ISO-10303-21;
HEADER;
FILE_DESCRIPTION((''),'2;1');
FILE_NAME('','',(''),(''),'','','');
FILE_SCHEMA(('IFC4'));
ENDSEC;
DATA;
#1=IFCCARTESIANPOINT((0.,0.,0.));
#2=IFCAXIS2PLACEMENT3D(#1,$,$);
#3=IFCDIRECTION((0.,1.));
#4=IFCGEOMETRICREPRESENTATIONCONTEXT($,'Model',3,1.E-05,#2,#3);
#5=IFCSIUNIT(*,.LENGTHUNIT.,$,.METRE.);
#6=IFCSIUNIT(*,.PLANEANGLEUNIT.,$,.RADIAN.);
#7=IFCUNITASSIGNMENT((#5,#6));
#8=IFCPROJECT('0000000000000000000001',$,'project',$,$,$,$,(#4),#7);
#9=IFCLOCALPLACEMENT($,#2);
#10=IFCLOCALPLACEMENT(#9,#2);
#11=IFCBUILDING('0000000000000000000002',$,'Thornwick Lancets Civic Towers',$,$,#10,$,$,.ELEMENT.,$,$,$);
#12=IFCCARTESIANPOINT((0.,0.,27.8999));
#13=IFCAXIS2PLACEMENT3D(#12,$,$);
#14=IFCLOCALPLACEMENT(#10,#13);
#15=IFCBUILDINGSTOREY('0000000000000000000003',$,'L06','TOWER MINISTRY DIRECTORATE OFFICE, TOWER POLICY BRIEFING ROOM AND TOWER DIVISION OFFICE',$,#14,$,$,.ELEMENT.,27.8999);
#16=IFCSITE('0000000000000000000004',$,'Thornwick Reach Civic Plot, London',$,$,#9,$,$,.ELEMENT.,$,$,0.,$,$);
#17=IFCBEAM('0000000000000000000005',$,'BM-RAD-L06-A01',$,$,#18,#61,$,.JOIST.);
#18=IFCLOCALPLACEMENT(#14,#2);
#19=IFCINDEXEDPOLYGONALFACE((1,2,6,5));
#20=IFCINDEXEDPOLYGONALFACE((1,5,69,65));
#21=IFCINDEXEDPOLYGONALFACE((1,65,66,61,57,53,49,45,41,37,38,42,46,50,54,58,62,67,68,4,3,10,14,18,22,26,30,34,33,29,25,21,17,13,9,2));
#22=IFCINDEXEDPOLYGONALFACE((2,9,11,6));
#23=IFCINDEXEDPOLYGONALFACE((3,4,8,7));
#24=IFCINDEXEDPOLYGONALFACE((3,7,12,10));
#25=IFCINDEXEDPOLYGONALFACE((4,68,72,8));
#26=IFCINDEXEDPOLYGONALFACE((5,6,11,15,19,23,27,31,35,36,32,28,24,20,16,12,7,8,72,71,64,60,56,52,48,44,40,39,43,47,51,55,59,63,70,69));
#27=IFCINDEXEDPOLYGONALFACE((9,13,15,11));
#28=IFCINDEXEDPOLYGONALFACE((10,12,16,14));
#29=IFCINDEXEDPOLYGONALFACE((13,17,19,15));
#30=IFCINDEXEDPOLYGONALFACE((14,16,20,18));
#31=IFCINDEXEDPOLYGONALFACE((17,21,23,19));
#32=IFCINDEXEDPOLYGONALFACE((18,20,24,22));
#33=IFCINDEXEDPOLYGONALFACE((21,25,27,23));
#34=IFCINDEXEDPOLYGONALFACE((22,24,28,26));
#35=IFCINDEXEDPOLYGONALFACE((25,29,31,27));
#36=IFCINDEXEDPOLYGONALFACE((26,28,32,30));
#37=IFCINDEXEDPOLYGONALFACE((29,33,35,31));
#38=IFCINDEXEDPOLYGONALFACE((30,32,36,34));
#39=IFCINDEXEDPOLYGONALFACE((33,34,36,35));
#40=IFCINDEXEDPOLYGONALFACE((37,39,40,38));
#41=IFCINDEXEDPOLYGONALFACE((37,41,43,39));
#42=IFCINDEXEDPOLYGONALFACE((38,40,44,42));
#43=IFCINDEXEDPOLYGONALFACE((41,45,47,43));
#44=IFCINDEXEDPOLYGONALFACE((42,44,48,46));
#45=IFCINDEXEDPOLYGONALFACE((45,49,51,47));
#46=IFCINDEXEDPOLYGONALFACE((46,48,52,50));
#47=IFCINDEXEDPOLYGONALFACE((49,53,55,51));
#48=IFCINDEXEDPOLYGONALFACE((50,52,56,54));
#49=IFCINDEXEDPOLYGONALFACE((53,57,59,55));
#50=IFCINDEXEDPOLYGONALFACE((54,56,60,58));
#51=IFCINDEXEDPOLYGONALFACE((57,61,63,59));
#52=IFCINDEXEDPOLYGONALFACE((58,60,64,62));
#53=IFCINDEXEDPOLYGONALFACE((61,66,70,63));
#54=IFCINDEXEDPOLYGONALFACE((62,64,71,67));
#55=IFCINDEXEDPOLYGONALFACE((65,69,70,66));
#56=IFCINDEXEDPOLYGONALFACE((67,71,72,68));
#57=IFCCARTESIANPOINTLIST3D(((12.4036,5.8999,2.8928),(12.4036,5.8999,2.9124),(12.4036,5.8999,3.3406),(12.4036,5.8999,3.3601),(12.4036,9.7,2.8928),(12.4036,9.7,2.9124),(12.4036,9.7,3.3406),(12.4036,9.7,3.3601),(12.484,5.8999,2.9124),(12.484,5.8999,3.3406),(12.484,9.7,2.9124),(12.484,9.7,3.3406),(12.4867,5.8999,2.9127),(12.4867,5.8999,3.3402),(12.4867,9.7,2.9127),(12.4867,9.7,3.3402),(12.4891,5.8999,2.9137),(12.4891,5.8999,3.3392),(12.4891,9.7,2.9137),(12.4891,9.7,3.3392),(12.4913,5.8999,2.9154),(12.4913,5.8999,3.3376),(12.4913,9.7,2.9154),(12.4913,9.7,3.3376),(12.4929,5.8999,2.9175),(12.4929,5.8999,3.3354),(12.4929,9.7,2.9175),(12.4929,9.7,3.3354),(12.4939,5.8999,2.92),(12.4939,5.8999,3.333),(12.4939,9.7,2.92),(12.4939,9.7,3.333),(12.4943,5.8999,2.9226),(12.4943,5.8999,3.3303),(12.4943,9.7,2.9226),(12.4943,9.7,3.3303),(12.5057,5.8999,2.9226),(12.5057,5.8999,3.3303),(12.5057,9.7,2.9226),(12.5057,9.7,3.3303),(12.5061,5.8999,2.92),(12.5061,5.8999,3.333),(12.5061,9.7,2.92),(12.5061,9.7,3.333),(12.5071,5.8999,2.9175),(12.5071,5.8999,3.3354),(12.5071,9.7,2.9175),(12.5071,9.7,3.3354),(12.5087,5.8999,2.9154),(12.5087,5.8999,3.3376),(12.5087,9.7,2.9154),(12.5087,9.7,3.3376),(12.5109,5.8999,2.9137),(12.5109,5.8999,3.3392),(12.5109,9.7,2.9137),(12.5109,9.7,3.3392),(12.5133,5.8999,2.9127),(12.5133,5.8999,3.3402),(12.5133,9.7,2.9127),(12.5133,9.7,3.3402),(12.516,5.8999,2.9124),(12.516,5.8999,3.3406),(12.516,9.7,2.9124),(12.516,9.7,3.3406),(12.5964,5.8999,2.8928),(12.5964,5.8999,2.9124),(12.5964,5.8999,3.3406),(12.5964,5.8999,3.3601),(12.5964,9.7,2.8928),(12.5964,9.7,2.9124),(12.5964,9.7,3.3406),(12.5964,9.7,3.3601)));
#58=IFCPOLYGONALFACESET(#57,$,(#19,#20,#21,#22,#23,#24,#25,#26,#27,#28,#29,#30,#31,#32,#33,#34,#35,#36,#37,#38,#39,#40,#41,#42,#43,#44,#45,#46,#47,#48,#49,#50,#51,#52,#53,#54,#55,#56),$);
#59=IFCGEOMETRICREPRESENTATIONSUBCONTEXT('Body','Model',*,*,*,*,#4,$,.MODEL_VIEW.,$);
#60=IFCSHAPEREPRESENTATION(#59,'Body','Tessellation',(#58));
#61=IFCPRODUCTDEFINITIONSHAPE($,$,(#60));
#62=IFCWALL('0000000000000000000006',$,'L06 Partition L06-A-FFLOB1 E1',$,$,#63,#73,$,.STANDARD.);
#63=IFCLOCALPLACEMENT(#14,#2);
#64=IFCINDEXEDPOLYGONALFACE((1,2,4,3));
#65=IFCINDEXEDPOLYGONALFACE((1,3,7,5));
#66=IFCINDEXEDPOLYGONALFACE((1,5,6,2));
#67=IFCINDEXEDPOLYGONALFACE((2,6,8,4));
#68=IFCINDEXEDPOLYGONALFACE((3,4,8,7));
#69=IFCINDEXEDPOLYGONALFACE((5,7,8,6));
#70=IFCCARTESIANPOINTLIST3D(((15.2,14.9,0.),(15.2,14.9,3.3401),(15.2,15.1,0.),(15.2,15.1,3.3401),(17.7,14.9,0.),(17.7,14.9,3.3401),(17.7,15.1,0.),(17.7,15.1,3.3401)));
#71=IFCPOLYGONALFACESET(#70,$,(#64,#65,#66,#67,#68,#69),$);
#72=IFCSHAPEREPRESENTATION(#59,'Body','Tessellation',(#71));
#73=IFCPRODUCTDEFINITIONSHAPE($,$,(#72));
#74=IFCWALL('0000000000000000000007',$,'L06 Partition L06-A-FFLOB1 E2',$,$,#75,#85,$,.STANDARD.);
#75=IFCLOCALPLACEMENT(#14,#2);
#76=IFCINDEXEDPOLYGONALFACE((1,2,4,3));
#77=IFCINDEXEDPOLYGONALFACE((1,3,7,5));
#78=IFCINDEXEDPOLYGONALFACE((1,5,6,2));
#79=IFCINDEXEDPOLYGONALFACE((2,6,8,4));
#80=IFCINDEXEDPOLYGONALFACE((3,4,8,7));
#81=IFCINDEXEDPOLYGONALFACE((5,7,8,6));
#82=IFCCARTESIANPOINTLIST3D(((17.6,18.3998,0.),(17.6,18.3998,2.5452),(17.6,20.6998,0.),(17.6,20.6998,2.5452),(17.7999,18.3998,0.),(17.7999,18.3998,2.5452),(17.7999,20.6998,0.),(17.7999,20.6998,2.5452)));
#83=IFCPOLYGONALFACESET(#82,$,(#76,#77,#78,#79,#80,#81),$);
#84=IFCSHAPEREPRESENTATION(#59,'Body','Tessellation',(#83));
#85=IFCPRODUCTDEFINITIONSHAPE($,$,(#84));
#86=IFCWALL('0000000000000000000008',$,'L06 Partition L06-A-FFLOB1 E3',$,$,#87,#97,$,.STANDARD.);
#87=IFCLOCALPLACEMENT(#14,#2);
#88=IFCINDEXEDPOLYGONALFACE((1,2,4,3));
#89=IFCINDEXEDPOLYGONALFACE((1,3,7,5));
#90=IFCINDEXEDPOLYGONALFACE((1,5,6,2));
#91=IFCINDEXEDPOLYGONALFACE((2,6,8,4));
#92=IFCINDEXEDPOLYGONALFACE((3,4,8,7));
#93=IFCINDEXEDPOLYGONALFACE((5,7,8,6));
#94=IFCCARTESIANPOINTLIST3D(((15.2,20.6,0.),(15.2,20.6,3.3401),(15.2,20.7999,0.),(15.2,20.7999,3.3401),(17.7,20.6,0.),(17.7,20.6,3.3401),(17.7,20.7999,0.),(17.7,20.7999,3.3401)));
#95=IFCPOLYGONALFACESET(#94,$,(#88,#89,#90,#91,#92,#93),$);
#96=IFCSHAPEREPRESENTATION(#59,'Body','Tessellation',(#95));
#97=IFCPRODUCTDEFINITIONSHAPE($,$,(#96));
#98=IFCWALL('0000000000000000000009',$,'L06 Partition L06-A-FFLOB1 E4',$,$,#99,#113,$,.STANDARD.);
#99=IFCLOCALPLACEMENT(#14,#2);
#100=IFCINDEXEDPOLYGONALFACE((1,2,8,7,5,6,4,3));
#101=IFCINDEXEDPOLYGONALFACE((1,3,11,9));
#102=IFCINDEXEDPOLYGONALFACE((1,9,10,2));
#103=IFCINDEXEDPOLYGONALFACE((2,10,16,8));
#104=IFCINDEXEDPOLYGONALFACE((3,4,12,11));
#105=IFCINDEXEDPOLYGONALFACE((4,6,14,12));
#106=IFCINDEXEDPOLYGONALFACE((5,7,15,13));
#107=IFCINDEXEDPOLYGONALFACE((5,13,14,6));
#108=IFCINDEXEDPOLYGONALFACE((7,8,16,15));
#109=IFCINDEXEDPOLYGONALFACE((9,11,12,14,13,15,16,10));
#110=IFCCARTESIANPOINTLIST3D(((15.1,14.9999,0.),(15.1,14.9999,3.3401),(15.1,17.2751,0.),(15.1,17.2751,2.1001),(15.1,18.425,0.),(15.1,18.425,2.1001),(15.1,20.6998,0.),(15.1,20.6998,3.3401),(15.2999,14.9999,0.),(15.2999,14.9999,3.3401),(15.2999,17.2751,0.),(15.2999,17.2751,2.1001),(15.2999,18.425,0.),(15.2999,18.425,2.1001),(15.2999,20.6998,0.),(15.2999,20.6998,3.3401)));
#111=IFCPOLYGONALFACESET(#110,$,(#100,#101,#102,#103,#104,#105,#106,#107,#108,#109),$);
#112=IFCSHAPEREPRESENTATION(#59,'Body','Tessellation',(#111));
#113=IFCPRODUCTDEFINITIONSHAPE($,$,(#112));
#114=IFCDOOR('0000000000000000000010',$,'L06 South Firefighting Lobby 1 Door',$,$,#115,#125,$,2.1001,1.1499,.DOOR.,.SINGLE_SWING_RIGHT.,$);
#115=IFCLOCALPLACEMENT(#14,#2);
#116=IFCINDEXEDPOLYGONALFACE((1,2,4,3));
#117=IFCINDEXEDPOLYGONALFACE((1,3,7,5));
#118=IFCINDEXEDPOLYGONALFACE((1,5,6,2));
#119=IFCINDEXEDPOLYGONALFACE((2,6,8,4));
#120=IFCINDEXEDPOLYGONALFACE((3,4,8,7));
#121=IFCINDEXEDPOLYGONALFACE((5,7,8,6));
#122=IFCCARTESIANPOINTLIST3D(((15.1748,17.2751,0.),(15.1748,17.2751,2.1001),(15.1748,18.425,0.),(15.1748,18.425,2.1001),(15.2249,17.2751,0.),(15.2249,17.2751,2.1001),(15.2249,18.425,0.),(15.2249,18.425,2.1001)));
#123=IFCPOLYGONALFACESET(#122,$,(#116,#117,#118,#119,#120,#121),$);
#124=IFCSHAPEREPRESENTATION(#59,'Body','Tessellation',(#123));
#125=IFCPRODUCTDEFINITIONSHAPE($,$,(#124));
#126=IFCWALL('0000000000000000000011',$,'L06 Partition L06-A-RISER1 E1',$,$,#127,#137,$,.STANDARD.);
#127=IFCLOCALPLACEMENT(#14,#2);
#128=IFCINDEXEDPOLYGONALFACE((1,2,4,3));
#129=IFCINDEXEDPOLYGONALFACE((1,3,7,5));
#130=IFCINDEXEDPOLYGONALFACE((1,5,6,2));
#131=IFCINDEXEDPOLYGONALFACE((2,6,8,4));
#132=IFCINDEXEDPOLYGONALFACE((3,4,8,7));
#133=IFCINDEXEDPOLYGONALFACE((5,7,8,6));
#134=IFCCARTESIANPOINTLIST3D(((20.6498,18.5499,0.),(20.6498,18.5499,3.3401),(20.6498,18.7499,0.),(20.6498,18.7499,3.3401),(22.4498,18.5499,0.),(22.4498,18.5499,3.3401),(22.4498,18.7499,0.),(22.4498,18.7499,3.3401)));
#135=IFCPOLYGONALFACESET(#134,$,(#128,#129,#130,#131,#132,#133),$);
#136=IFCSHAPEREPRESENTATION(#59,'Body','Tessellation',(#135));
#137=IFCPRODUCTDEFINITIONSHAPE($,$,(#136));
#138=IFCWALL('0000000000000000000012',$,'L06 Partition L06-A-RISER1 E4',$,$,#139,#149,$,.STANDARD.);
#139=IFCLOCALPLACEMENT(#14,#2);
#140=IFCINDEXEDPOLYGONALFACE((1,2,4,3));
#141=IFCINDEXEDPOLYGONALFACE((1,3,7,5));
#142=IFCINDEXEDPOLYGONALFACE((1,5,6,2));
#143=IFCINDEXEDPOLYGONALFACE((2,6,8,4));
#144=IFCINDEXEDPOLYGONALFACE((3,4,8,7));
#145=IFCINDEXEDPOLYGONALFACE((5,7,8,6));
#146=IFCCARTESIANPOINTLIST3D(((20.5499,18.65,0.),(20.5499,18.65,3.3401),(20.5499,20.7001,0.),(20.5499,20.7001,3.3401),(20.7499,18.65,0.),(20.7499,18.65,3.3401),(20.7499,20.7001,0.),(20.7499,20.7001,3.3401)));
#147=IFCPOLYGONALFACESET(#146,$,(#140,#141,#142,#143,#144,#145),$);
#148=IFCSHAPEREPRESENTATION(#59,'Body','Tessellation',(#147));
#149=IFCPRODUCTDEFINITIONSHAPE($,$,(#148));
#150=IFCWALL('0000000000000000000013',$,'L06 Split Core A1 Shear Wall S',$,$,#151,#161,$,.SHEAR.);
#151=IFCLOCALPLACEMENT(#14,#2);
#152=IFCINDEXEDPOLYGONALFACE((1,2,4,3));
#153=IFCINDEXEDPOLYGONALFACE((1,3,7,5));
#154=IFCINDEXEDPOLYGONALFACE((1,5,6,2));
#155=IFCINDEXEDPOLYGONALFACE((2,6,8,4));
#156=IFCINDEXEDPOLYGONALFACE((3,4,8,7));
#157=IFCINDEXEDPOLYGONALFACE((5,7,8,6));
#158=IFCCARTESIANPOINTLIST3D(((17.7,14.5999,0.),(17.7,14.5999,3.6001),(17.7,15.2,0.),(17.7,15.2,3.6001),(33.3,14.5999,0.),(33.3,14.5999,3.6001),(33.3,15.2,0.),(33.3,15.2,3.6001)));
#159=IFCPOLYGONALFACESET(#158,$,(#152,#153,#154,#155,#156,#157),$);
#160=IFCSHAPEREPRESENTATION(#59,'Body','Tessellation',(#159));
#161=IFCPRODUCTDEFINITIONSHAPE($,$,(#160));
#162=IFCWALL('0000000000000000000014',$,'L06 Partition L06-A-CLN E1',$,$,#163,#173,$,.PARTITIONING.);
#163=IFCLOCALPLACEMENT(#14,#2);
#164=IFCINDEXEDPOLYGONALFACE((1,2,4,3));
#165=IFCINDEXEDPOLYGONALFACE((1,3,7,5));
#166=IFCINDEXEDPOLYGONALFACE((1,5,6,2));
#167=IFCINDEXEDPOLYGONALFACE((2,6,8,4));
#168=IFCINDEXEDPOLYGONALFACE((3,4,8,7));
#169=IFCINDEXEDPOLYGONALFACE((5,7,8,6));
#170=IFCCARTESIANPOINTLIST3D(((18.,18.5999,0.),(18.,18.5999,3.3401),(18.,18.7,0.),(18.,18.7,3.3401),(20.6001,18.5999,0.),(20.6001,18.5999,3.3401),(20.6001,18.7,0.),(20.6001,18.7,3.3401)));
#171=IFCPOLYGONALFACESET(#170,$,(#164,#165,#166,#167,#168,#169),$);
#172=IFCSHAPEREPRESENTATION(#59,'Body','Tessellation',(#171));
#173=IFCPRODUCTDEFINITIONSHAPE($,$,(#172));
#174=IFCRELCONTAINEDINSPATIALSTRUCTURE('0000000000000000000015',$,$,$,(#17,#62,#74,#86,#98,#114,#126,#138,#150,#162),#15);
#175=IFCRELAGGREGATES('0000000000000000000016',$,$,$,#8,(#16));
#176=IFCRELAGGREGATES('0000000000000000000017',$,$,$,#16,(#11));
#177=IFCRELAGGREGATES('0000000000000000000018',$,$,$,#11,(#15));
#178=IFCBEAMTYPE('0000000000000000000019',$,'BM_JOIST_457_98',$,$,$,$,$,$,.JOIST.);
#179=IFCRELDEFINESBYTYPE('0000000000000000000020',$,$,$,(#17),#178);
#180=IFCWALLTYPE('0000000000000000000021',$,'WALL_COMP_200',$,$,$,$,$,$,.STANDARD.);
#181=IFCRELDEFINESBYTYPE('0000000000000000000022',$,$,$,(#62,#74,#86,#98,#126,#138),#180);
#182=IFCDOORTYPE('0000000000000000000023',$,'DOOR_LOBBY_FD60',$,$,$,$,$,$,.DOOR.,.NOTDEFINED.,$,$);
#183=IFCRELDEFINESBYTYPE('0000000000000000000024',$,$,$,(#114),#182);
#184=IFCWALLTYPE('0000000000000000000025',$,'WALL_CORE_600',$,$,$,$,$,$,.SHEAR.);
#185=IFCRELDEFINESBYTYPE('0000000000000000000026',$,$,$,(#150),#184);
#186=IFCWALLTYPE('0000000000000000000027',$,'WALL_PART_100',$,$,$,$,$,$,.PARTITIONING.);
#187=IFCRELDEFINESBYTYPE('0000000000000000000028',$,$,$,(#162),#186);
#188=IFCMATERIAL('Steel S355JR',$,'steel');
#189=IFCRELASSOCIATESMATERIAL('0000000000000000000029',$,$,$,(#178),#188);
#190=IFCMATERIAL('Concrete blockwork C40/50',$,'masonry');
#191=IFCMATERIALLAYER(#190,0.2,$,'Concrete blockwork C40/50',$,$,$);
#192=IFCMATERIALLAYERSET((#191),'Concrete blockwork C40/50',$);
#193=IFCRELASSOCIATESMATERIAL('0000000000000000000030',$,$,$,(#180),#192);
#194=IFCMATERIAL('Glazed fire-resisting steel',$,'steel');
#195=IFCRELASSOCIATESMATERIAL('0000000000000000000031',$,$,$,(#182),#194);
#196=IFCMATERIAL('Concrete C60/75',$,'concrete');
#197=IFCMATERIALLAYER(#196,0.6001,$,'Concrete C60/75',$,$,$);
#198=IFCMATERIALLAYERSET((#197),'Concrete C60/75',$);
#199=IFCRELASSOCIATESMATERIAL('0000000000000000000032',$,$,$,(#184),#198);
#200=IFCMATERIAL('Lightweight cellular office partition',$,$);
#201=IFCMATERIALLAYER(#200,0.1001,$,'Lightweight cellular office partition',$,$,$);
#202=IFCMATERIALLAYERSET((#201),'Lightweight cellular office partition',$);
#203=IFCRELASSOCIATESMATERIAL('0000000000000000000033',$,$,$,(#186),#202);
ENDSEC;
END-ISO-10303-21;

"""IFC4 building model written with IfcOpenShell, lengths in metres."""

from ifc_helpers import new_model, si_unit, direction, frame, frame_2d, origin, origin_2d, place, context, subcontext, project, spatial, rectangle, i_section, extrude, material, layer, layer_set, material_profile, profile_set, type_object, element, fill, save


model = new_model("IFC4")

# Units and contexts
model_context = context("Model", 3, precision=1e-05, world=origin(), true_north=direction((0.0, 1.0)))
body_context = subcontext(model_context, "Body", "Model", "MODEL_VIEW")
ifc_project = project(units=[si_unit("LENGTHUNIT", "METRE"), si_unit("PLANEANGLEUNIT", "RADIAN")], contexts=[model_context])

# Site, building, storey
site_placement = place(None, origin())
site = spatial("IfcSite", under=ifc_project, at=site_placement, Name="Thornwick Reach Civic Plot, London", CompositionType="ELEMENT", RefElevation=0.0)
building_placement = place(site_placement, origin())
building = spatial("IfcBuilding", under=site, at=building_placement, Name="Thornwick Lancets Civic Towers", CompositionType="ELEMENT")
storey_placement = place(building_placement, frame((0.0, 0.0, 27.8999)))
storey = spatial("IfcBuildingStorey", under=building, at=storey_placement, Name="L06", Description="TOWER MINISTRY DIRECTORATE OFFICE, TOWER POLICY BRIEFING ROOM AND TOWER DIVISION OFFICE", CompositionType="ELEMENT", Elevation=27.8999)

# Shared definitions
ifc_material_1 = material(Name="Concrete C60/75", Category="concrete")

# Beam
ifc_material_2 = material(Name="Steel S355JR", Category="steel")
ifc_material_profile_1 = material_profile(ifc_material_2, i_section(OverallWidth=0.1929, OverallDepth=0.4673, WebThickness=0.0115, FlangeThickness=0.0195, FilletRadius=0.0103, at=origin_2d()), Name="UKB 457x191x98")
ifc_profile_set_1 = profile_set([ifc_material_profile_1], Name="Steel S355JR")
beam_type_1 = type_object("IfcBeamType", Name="BM_JOIST_457_98", PredefinedType="JOIST", material=ifc_profile_set_1)
beam_1_placement = place(storey_placement, frame((12.5, 9.7, 3.1265), z_axis=(0.0, -1.0, 0.0), x_axis=(1.0, 0.0, 0.0)))
element("IfcBeam", 1, at=beam_1_placement, inside=storey, type_object=beam_type_1, Name="BM-RAD-L06-A01", PredefinedType="JOIST", context=body_context, shape_type="SweptSolid", body=[
    extrude(i_section(OverallWidth=0.1929, OverallDepth=0.4673, WebThickness=0.0115, FlangeThickness=0.0195, FilletRadius=0.0103, at=origin_2d()), origin(), (0.0, 0.0, 1.0), 3.8),
])

# Walls
ifc_material_3 = material(Name="Concrete blockwork C40/50", Category="masonry")
ifc_layer_1 = layer(ifc_material_3, 0.2, Name="Concrete blockwork C40/50")
ifc_layer_set_1 = layer_set([ifc_layer_1], Name="Concrete blockwork C40/50")
wall_type_1 = type_object("IfcWallType", Name="WALL_COMP_200", PredefinedType="STANDARD", material=ifc_layer_set_1)
wall_1_placement = place(storey_placement, frame((15.2, 15.0, 0.0), z_axis=(0.0, 0.0, 1.0), x_axis=(1.0, 0.0, 0.0)))
element("IfcWall", 2, at=wall_1_placement, inside=storey, type_object=wall_type_1, Name="L06 Partition L06-A-FFLOB1 E1", PredefinedType="STANDARD", context=body_context, shape_type="SweptSolid", body=[
    extrude(rectangle(XDim=2.5, YDim=0.2, at=frame_2d((1.25, 0.0))), origin(), (0.0, 0.0, 1.0), 3.3401),
])
wall_2_placement = place(storey_placement, frame((17.7, 18.3999, 0.0), z_axis=(0.0, 0.0, 1.0), x_axis=(0.0, 1.0, 0.0)))
element("IfcWall", 3, at=wall_2_placement, inside=storey, type_object=wall_type_1, Name="L06 Partition L06-A-FFLOB1 E2", PredefinedType="STANDARD", context=body_context, shape_type="SweptSolid", body=[
    extrude(rectangle(XDim=2.3, YDim=0.2, at=frame_2d((1.1499, 0.0))), origin(), (0.0, 0.0, 1.0), 2.5452),
])
wall_3_placement = place(storey_placement, frame((17.7, 20.7, 0.0), z_axis=(0.0, 0.0, 1.0), x_axis=(-1.0, 0.0, 0.0)))
element("IfcWall", 4, at=wall_3_placement, inside=storey, type_object=wall_type_1, Name="L06 Partition L06-A-FFLOB1 E3", PredefinedType="STANDARD", context=body_context, shape_type="SweptSolid", body=[
    extrude(rectangle(XDim=2.5, YDim=0.2, at=frame_2d((1.25, 0.0))), origin(), (0.0, 0.0, 1.0), 3.3401),
])

# Wall, opening, door
wall_4_placement = place(storey_placement, frame((15.2, 20.7, 0.0), z_axis=(0.0, 0.0, 1.0), x_axis=(0.0, -1.0, 0.0)))
wall_4 = element("IfcWall", 5, at=wall_4_placement, inside=storey, type_object=wall_type_1, Name="L06 Partition L06-A-FFLOB1 E4", PredefinedType="STANDARD", context=body_context, shape_type="SweptSolid", body=[
    extrude(rectangle(XDim=5.7, YDim=0.2, at=frame_2d((2.8501, 0.0))), origin(), (0.0, 0.0, 1.0), 3.3401),
])
opening_1_placement = place(wall_4_placement, frame((2.2749, 0.0, 0.0)))
opening_1 = element("IfcOpeningElement", 6, at=opening_1_placement, cuts=wall_4, PredefinedType="OPENING", context=body_context, shape_type="SweptSolid", body=[
    extrude(rectangle(XDim=1.1499, YDim=2.1001, at=frame_2d((0.575, 1.05))), frame((0.0, 0.1099, 0.0), z_axis=(0.0, -1.0, 0.0), x_axis=(1.0, 0.0, 0.0)), (0.0, 0.0, 1.0), 0.22),
])
ifc_material_4 = material(Name="Glazed fire-resisting steel", Category="steel")
door_type_1 = type_object("IfcDoorType", Name="DOOR_LOBBY_FD60", OperationType="NOTDEFINED", PredefinedType="DOOR", material=ifc_material_4)
door_1_placement = place(opening_1_placement, origin())
door_1 = element("IfcDoor", 7, at=door_1_placement, inside=storey, type_object=door_type_1, Name="L06 South Firefighting Lobby 1 Door", OperationType="SINGLE_SWING_RIGHT", OverallHeight=2.1001, OverallWidth=1.1499, PredefinedType="DOOR", context=body_context, shape_type="SweptSolid", body=[
    extrude(rectangle(XDim=1.1499, YDim=2.1001, at=frame_2d((0.575, 1.05))), frame((0.0, 0.0249, 0.0), z_axis=(0.0, -1.0, 0.0), x_axis=(1.0, 0.0, 0.0)), (0.0, 0.0, 1.0), 0.05),
])
fill(opening_1, door_1)

# Walls
wall_5_placement = place(storey_placement, frame((20.6499, 18.6499, 0.0), z_axis=(0.0, 0.0, 1.0), x_axis=(1.0, 0.0, 0.0)))
element("IfcWall", 8, at=wall_5_placement, inside=storey, type_object=wall_type_1, Name="L06 Partition L06-A-RISER1 E1", PredefinedType="STANDARD", context=body_context, shape_type="SweptSolid", body=[
    extrude(rectangle(XDim=1.8, YDim=0.2, at=frame_2d((0.8999, 0.0))), origin(), (0.0, 0.0, 1.0), 3.3401),
])
wall_6_placement = place(storey_placement, frame((20.6499, 20.7, 0.0), z_axis=(0.0, 0.0, 1.0), x_axis=(0.0, -1.0, 0.0)))
element("IfcWall", 9, at=wall_6_placement, inside=storey, type_object=wall_type_1, Name="L06 Partition L06-A-RISER1 E4", PredefinedType="STANDARD", context=body_context, shape_type="SweptSolid", body=[
    extrude(rectangle(XDim=2.05, YDim=0.2, at=frame_2d((1.0249, 0.0))), origin(), (0.0, 0.0, 1.0), 3.3401),
])
ifc_layer_2 = layer(ifc_material_1, 0.6001, Name="Concrete C60/75")
ifc_layer_set_2 = layer_set([ifc_layer_2], Name="Concrete C60/75")
wall_type_2 = type_object("IfcWallType", Name="WALL_CORE_600", PredefinedType="SHEAR", material=ifc_layer_set_2)
wall_7_placement = place(storey_placement, frame((17.7, 14.8999, 0.0), z_axis=(0.0, 0.0, 1.0), x_axis=(1.0, 0.0, 0.0)))
element("IfcWall", 10, at=wall_7_placement, inside=storey, type_object=wall_type_2, Name="L06 Split Core A1 Shear Wall S", PredefinedType="SHEAR", context=body_context, shape_type="SweptSolid", body=[
    extrude(rectangle(XDim=15.6001, YDim=0.6001, at=frame_2d((7.8, 0.0))), origin(), (0.0, 0.0, 1.0), 3.6001),
])
ifc_material_5 = material(Name="Lightweight cellular office partition")
ifc_layer_3 = layer(ifc_material_5, 0.1001, Name="Lightweight cellular office partition")
ifc_layer_set_3 = layer_set([ifc_layer_3], Name="Lightweight cellular office partition")
wall_type_3 = type_object("IfcWallType", Name="WALL_PART_100", PredefinedType="PARTITIONING", material=ifc_layer_set_3)
wall_8_placement = place(storey_placement, frame((18.0, 18.6499, 0.0), z_axis=(0.0, 0.0, 1.0), x_axis=(1.0, 0.0, 0.0)))
element("IfcWall", 11, at=wall_8_placement, inside=storey, type_object=wall_type_3, Name="L06 Partition L06-A-CLN E1", PredefinedType="PARTITIONING", context=body_context, shape_type="SweptSolid", body=[
    extrude(rectangle(XDim=2.6001, YDim=0.1001, at=frame_2d((1.3, 0.0))), origin(), (0.0, 0.0, 1.0), 3.3401),
])

save(model, "model.ifc")
